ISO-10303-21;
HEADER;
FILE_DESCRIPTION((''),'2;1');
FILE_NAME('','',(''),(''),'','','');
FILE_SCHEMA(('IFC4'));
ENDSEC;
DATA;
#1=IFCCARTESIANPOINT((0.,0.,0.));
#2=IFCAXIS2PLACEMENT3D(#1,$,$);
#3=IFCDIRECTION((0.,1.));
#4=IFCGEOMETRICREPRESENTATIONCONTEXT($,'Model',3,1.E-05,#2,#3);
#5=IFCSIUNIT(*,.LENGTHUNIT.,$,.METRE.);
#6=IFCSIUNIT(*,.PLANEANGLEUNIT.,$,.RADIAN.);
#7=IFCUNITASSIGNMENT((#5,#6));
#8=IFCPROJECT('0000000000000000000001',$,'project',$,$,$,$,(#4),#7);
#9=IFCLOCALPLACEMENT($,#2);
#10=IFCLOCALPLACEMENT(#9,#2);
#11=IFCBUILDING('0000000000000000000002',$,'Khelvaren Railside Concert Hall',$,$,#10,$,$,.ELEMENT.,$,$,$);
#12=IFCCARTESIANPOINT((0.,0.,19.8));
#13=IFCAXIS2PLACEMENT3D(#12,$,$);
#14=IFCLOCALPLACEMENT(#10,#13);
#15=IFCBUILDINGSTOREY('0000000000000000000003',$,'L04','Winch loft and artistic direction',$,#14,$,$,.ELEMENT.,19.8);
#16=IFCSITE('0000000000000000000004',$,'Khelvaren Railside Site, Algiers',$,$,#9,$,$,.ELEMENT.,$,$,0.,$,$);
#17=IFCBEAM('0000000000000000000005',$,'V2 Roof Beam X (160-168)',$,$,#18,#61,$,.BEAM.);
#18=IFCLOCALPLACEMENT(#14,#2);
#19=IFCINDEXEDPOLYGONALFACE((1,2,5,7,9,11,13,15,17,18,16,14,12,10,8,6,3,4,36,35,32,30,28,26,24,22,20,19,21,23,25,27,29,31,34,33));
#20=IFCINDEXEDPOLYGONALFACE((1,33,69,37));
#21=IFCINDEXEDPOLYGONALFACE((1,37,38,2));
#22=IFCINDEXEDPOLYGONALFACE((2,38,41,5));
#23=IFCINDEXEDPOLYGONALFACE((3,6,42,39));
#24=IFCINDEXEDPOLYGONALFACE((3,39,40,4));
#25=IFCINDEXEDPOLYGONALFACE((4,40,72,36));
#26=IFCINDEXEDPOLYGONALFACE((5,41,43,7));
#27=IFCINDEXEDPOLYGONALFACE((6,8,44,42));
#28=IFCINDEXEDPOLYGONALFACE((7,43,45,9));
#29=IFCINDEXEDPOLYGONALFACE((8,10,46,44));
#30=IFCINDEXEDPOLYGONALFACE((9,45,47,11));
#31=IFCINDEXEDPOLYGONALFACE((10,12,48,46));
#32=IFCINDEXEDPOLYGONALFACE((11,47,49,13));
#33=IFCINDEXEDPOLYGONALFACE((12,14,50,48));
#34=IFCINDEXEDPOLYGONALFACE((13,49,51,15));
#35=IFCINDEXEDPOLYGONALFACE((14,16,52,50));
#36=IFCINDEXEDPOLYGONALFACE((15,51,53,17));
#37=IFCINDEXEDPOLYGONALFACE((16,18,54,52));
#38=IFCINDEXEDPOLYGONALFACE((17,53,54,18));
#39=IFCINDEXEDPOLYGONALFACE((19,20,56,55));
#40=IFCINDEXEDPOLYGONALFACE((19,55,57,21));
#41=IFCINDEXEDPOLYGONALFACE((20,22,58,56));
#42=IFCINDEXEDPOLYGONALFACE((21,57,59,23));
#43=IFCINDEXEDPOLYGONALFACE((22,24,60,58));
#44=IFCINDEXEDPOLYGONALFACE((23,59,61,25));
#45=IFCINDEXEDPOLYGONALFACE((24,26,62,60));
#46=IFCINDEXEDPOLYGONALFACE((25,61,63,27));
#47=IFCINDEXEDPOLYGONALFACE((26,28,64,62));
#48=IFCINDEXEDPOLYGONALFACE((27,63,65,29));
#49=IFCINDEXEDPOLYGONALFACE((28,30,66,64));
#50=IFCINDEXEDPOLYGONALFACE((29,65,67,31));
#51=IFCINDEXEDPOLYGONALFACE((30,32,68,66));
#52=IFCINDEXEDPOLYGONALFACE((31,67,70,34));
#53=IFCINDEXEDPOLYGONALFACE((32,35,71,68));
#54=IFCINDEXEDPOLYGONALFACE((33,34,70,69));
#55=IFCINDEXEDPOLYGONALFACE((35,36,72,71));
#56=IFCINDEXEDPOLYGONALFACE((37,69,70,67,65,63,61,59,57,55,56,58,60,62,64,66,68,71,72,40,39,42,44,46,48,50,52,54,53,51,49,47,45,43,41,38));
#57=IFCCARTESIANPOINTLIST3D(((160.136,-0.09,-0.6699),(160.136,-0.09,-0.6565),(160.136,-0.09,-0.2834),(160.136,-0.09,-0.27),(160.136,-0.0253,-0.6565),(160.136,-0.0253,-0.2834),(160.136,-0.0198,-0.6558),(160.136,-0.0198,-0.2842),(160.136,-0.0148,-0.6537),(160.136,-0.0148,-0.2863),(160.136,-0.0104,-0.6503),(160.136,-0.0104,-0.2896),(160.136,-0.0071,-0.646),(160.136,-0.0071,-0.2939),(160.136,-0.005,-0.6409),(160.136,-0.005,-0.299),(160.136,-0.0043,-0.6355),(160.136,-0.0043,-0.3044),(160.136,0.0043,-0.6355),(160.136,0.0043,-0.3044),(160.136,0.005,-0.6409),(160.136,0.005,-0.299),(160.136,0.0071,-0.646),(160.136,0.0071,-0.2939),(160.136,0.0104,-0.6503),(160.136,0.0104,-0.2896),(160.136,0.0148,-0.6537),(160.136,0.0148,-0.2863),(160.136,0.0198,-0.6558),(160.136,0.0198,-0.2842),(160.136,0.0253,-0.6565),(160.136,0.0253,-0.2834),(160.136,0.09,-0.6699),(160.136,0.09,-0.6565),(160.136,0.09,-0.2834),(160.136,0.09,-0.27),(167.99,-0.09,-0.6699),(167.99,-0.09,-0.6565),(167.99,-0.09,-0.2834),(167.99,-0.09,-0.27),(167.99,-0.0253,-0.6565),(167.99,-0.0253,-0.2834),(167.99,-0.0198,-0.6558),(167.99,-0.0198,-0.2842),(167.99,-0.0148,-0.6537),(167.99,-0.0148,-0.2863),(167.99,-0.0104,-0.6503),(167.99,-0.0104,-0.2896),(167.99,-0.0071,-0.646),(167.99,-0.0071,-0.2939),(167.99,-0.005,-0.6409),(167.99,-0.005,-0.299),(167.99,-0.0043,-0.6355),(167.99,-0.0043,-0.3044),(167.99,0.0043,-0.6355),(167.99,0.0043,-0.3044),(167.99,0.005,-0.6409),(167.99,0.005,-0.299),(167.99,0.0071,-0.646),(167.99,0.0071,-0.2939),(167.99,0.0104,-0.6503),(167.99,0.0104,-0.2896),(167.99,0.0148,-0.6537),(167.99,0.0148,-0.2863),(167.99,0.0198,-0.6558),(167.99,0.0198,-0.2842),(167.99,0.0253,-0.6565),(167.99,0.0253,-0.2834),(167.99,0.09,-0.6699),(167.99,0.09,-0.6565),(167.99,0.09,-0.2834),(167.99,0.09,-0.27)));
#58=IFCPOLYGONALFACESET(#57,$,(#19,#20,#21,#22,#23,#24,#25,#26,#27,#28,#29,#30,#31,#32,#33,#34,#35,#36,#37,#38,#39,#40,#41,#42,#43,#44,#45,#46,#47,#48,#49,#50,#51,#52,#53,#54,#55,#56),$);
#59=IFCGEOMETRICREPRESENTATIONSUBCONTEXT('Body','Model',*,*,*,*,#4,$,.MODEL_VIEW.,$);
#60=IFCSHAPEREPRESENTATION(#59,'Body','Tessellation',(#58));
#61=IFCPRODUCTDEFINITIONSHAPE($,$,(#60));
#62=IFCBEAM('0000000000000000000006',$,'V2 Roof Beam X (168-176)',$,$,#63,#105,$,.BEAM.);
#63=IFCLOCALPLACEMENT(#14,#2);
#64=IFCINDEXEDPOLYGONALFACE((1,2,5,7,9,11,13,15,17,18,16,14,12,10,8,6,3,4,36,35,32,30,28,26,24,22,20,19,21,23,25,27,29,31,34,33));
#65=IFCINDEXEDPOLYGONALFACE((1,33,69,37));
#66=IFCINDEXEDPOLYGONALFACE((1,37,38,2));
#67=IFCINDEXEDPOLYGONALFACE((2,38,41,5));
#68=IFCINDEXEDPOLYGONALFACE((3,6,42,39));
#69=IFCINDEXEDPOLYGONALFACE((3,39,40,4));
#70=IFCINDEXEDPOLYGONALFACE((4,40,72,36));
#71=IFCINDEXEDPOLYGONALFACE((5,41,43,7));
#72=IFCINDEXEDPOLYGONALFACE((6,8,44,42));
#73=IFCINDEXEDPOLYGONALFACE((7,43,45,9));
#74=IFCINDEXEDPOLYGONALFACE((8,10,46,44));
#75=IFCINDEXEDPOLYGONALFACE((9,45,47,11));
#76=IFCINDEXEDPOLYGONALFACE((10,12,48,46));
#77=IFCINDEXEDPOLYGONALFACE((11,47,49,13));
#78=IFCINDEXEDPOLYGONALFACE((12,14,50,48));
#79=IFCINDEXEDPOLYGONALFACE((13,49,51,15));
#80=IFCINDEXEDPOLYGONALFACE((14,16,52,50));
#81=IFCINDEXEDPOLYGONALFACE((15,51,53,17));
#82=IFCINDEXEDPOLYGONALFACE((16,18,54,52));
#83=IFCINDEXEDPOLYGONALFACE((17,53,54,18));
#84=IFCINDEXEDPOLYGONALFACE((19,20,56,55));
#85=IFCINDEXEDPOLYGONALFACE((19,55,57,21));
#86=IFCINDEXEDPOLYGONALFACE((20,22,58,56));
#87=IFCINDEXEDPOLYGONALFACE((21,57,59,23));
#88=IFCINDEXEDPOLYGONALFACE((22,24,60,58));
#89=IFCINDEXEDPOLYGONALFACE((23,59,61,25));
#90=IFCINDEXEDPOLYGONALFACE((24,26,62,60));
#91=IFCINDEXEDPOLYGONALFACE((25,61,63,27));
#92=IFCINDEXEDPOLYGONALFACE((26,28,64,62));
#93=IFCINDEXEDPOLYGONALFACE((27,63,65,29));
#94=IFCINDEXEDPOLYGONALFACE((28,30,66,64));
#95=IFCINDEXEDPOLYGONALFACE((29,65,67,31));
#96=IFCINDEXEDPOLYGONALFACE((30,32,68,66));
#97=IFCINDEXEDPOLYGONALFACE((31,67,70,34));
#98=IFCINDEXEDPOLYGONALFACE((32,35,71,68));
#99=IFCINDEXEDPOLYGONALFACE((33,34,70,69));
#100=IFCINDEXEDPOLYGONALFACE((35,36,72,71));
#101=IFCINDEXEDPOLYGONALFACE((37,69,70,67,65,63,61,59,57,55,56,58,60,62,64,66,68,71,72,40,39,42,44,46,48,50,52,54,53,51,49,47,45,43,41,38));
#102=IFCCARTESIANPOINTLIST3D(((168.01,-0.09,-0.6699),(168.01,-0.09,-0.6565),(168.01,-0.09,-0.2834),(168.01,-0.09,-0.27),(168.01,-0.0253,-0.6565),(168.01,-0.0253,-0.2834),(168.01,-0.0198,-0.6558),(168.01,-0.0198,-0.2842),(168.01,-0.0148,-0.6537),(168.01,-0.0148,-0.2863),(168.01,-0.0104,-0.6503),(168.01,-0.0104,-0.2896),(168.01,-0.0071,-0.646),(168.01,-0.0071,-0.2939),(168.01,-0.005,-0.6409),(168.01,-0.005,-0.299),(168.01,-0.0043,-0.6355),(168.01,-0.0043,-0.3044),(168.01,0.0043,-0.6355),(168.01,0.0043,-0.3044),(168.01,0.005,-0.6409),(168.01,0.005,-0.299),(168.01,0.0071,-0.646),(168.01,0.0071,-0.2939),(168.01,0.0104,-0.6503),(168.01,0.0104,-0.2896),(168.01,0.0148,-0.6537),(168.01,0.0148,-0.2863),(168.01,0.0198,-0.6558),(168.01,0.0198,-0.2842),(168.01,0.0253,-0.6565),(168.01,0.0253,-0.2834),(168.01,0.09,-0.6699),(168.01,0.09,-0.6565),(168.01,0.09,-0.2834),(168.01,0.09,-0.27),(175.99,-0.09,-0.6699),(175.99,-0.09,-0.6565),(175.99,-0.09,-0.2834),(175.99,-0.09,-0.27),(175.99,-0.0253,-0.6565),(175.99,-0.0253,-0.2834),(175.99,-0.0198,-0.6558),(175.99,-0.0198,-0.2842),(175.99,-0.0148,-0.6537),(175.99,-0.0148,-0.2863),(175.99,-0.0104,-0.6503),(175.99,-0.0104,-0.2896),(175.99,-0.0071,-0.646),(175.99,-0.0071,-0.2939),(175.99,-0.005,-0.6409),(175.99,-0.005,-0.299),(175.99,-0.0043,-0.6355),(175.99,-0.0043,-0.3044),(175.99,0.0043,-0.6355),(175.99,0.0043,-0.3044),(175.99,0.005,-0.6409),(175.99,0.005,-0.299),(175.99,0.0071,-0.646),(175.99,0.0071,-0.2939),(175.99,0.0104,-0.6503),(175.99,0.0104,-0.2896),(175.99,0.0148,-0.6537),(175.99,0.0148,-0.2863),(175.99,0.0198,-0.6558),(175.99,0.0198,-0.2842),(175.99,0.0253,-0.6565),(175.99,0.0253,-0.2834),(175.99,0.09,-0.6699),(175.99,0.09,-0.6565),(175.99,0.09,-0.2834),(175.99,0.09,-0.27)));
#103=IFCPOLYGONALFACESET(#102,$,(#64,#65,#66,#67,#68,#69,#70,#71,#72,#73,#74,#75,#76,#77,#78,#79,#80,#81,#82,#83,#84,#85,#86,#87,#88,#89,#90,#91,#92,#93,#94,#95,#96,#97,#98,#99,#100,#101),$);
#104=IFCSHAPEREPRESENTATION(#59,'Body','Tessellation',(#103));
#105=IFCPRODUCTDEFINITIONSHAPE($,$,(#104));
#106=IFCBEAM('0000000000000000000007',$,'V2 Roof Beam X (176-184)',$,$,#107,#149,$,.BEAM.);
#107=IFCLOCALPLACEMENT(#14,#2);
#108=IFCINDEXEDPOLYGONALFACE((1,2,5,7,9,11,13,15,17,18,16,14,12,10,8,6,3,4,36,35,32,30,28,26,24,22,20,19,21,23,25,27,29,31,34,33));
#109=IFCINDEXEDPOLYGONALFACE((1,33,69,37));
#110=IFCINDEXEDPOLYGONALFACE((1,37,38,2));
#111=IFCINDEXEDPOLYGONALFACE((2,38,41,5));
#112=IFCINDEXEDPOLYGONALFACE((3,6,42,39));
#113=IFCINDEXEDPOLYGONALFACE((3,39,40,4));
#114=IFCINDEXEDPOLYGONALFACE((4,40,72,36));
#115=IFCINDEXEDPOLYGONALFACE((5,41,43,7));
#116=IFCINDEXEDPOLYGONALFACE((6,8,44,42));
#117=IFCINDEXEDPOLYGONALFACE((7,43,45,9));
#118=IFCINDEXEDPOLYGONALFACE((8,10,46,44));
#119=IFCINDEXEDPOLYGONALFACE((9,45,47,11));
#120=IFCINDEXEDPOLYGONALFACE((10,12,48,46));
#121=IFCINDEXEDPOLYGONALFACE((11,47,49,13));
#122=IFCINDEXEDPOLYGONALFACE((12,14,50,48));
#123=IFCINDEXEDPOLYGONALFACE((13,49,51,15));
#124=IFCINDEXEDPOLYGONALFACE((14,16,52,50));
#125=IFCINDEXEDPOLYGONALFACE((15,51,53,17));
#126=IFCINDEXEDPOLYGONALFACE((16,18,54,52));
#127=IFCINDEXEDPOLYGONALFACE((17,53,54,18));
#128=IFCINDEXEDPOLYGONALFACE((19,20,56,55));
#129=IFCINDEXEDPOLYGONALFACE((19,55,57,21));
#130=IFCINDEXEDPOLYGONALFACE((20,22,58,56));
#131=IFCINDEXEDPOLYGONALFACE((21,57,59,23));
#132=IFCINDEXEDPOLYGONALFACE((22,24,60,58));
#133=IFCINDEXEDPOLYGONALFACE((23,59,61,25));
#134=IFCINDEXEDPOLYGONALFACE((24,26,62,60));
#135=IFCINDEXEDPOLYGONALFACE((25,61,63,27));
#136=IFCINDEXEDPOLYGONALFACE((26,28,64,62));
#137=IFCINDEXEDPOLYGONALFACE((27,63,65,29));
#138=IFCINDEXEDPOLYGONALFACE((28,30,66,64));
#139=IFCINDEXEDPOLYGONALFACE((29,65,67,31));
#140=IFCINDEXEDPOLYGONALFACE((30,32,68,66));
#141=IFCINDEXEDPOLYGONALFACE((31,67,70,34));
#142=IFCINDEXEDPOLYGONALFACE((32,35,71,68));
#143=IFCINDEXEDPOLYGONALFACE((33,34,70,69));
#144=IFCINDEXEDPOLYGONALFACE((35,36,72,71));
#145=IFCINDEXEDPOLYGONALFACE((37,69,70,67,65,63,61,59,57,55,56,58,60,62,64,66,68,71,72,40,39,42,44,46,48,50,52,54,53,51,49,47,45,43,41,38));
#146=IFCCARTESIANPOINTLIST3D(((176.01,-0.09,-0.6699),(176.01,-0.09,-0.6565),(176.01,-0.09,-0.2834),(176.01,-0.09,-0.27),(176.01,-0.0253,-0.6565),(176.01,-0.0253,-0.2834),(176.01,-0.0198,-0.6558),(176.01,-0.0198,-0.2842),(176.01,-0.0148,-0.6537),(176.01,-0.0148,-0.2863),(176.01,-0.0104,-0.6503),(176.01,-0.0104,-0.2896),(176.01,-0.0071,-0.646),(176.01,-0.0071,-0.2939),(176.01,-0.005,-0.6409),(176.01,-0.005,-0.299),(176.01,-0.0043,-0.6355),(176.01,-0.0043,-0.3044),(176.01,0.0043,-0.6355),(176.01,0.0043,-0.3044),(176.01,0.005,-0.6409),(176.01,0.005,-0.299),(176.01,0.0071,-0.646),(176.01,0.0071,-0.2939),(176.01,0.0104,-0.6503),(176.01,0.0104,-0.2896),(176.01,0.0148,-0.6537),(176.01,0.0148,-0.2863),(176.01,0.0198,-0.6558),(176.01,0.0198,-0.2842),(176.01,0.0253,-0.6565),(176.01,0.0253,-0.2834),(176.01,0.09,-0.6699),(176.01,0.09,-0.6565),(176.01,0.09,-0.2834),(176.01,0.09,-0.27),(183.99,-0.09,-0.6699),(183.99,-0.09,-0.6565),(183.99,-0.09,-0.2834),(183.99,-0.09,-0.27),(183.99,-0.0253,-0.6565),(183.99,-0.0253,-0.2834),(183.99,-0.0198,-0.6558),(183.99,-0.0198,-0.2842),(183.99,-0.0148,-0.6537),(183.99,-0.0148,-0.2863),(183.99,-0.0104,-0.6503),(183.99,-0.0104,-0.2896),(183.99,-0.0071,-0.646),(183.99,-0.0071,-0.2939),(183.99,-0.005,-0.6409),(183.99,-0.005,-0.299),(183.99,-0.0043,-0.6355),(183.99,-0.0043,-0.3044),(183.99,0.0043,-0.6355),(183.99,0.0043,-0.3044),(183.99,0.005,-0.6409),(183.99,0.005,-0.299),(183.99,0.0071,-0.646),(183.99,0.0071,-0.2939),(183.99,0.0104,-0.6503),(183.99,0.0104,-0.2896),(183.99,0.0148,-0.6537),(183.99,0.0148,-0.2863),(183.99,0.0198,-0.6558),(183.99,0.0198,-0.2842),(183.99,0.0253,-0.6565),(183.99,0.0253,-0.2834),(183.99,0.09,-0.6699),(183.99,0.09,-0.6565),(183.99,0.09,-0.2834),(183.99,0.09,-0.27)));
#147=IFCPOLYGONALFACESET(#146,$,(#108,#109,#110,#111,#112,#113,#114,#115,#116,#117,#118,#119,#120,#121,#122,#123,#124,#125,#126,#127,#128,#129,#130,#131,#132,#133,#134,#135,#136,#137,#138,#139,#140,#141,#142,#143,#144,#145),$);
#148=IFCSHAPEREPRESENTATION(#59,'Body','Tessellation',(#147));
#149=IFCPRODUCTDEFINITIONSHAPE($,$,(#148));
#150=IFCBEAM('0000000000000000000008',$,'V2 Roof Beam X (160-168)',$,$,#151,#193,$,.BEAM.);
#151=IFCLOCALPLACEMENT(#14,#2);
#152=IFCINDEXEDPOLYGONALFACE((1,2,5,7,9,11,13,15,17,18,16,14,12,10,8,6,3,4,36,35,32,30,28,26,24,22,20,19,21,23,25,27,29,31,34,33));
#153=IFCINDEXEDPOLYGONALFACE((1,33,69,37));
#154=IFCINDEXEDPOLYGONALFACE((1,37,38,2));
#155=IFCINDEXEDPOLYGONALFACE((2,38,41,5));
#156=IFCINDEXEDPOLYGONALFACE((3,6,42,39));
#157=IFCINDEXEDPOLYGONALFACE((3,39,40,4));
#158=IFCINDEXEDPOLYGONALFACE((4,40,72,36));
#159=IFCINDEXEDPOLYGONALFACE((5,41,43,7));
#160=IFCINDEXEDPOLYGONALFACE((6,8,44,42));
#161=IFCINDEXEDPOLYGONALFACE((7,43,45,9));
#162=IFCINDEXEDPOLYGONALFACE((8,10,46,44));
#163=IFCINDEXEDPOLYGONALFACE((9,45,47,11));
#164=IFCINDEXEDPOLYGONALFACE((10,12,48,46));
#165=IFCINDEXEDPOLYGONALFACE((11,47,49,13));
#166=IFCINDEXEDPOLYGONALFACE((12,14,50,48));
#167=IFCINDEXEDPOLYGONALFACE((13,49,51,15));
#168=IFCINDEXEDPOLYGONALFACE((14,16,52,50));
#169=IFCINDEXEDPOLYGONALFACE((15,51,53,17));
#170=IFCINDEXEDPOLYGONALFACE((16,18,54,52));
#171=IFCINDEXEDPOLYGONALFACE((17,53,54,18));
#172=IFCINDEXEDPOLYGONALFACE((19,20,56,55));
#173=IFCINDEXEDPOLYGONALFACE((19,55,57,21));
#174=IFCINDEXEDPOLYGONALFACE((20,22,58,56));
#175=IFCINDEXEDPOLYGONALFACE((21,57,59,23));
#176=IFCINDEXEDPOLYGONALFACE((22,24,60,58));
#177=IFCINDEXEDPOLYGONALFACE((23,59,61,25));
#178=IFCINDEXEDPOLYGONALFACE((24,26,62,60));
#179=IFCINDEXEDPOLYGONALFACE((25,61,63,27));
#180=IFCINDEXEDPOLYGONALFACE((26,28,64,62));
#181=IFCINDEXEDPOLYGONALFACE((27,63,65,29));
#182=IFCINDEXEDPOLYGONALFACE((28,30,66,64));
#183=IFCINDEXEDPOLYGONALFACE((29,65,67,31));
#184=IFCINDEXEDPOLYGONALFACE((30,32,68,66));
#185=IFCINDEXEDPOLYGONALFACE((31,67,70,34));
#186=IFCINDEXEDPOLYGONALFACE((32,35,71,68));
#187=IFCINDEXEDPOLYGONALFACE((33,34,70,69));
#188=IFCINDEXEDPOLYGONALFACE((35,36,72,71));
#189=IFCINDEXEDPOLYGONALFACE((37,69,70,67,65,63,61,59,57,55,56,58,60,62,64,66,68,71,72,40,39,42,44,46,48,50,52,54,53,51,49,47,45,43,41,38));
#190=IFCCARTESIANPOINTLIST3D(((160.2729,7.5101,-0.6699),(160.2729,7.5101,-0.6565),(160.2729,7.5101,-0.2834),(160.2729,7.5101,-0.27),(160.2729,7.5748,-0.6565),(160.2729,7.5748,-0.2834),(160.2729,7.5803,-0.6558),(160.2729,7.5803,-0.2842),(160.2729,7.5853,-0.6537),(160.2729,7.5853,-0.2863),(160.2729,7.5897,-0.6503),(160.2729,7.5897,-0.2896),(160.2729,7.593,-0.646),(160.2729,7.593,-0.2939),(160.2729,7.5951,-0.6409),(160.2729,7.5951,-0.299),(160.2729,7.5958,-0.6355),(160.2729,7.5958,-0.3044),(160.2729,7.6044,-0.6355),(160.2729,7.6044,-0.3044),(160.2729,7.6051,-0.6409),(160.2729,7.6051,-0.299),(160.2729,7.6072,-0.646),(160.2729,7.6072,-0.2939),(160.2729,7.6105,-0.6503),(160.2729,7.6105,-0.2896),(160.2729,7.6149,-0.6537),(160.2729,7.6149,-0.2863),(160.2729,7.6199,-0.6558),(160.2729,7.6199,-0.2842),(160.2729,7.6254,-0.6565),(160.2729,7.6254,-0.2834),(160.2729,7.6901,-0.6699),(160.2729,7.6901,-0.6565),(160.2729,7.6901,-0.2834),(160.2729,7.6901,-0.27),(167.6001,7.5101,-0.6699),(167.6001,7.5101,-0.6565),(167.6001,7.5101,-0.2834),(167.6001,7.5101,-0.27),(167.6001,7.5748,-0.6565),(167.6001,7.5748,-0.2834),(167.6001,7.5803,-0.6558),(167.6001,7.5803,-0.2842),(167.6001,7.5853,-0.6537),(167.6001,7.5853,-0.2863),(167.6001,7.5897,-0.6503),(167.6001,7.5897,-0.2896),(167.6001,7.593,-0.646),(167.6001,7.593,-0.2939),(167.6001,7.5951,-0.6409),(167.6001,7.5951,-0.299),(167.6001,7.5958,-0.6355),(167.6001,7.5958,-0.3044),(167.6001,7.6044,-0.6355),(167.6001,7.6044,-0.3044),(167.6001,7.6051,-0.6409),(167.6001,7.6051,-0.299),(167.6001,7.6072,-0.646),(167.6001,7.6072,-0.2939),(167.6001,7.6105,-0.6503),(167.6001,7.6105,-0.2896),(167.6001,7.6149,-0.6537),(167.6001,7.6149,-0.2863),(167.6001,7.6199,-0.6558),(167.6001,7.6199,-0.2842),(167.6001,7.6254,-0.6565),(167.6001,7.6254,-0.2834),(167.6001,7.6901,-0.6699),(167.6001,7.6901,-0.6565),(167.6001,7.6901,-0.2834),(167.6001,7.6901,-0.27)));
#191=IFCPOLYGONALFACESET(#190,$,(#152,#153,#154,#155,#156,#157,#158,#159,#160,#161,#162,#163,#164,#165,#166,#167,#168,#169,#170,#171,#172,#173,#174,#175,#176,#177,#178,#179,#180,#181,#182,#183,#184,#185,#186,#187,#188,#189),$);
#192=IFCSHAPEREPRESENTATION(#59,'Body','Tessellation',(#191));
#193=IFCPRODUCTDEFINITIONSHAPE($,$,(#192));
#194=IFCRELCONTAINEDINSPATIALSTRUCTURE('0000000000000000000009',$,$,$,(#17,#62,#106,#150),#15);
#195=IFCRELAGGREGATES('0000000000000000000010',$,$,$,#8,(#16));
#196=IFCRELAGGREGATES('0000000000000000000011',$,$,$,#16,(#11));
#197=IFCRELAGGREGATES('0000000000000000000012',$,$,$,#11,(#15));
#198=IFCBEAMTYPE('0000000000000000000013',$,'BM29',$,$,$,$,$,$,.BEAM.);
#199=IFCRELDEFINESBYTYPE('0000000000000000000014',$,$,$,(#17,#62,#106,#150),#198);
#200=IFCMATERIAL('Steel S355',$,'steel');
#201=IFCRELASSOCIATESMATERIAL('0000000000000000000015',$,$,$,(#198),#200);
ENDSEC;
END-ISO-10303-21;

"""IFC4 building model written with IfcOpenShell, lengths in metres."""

from ifc_helpers import new_model, si_unit, direction, frame, origin, origin_2d, place, context, subcontext, project, spatial, i_section, extrude, material, material_profile, profile_set, type_object, element, save


model = new_model("IFC4")

# Units and contexts
model_context = context("Model", 3, precision=1e-05, world=origin(), true_north=direction((0.0, 1.0)))
body_context = subcontext(model_context, "Body", "Model", "MODEL_VIEW")
ifc_project = project(units=[si_unit("LENGTHUNIT", "METRE"), si_unit("PLANEANGLEUNIT", "RADIAN")], contexts=[model_context])

# Site, building, storey
site_placement = place(None, origin())
site = spatial("IfcSite", under=ifc_project, at=site_placement, Name="Khelvaren Railside Site, Algiers", CompositionType="ELEMENT", RefElevation=0.0)
building_placement = place(site_placement, origin())
building = spatial("IfcBuilding", under=site, at=building_placement, Name="Khelvaren Railside Concert Hall", CompositionType="ELEMENT")
storey_placement = place(building_placement, frame((0.0, 0.0, 19.8)))
storey = spatial("IfcBuildingStorey", under=building, at=storey_placement, Name="L04", Description="Winch loft and artistic direction", CompositionType="ELEMENT", Elevation=19.8)

# Beams
ifc_material_1 = material(Name="Steel S355", Category="steel")
ifc_material_profile_1 = material_profile(ifc_material_1, i_section(OverallWidth=0.1799, OverallDepth=0.3999, WebThickness=0.0085, FlangeThickness=0.0134, FilletRadius=0.021, at=origin_2d()), Name="IPE 400")
ifc_profile_set_1 = profile_set([ifc_material_profile_1], Name="Steel S355")
beam_type_1 = type_object("IfcBeamType", Name="BM29", PredefinedType="BEAM", material=ifc_profile_set_1)
beam_1_placement = place(storey_placement, frame((160.136, 0.0, -0.47), z_axis=(1.0, 0.0, 0.0), x_axis=(0.0, 1.0, 0.0)))
element("IfcBeam", 1, at=beam_1_placement, inside=storey, type_object=beam_type_1, Name="V2 Roof Beam X (160-168)", PredefinedType="BEAM", context=body_context, shape_type="SweptSolid", body=[
    extrude(i_section(OverallWidth=0.1799, OverallDepth=0.3999, WebThickness=0.0085, FlangeThickness=0.0134, FilletRadius=0.021, at=origin_2d()), origin(), (0.0, 0.0, 1.0), 7.854),
])
for number, where, z_axis, x_axis, name in (
    (2, (168.01, 0.0, -0.47), (1.0, 0.0, 0.0), (0.0, 1.0, 0.0), "V2 Roof Beam X (168-176)"),
    (3, (176.01, 0.0, -0.47), (1.0, 0.0, 0.0), (0.0, 1.0, 0.0), "V2 Roof Beam X (176-184)"),
):
    element("IfcBeam", number, at=place(storey_placement, frame(where, z_axis=z_axis, x_axis=x_axis)), inside=storey, type_object=beam_type_1, Name=name, PredefinedType="BEAM", context=body_context, shape_type="SweptSolid", body=[
        extrude(i_section(OverallWidth=0.1799, OverallDepth=0.3999, WebThickness=0.0085, FlangeThickness=0.0134, FilletRadius=0.021, at=origin_2d()), origin(), (0.0, 0.0, 1.0), 7.98),
    ])
beam_2_placement = place(storey_placement, frame((160.2729, 7.6001, -0.47), z_axis=(1.0, 0.0, 0.0), x_axis=(0.0, 1.0, 0.0)))
element("IfcBeam", 4, at=beam_2_placement, inside=storey, type_object=beam_type_1, Name="V2 Roof Beam X (160-168)", PredefinedType="BEAM", context=body_context, shape_type="SweptSolid", body=[
    extrude(i_section(OverallWidth=0.1799, OverallDepth=0.3999, WebThickness=0.0085, FlangeThickness=0.0134, FilletRadius=0.021, at=origin_2d()), origin(), (0.0, 0.0, 1.0), 7.3271),
])

save(model, "model.ifc")
